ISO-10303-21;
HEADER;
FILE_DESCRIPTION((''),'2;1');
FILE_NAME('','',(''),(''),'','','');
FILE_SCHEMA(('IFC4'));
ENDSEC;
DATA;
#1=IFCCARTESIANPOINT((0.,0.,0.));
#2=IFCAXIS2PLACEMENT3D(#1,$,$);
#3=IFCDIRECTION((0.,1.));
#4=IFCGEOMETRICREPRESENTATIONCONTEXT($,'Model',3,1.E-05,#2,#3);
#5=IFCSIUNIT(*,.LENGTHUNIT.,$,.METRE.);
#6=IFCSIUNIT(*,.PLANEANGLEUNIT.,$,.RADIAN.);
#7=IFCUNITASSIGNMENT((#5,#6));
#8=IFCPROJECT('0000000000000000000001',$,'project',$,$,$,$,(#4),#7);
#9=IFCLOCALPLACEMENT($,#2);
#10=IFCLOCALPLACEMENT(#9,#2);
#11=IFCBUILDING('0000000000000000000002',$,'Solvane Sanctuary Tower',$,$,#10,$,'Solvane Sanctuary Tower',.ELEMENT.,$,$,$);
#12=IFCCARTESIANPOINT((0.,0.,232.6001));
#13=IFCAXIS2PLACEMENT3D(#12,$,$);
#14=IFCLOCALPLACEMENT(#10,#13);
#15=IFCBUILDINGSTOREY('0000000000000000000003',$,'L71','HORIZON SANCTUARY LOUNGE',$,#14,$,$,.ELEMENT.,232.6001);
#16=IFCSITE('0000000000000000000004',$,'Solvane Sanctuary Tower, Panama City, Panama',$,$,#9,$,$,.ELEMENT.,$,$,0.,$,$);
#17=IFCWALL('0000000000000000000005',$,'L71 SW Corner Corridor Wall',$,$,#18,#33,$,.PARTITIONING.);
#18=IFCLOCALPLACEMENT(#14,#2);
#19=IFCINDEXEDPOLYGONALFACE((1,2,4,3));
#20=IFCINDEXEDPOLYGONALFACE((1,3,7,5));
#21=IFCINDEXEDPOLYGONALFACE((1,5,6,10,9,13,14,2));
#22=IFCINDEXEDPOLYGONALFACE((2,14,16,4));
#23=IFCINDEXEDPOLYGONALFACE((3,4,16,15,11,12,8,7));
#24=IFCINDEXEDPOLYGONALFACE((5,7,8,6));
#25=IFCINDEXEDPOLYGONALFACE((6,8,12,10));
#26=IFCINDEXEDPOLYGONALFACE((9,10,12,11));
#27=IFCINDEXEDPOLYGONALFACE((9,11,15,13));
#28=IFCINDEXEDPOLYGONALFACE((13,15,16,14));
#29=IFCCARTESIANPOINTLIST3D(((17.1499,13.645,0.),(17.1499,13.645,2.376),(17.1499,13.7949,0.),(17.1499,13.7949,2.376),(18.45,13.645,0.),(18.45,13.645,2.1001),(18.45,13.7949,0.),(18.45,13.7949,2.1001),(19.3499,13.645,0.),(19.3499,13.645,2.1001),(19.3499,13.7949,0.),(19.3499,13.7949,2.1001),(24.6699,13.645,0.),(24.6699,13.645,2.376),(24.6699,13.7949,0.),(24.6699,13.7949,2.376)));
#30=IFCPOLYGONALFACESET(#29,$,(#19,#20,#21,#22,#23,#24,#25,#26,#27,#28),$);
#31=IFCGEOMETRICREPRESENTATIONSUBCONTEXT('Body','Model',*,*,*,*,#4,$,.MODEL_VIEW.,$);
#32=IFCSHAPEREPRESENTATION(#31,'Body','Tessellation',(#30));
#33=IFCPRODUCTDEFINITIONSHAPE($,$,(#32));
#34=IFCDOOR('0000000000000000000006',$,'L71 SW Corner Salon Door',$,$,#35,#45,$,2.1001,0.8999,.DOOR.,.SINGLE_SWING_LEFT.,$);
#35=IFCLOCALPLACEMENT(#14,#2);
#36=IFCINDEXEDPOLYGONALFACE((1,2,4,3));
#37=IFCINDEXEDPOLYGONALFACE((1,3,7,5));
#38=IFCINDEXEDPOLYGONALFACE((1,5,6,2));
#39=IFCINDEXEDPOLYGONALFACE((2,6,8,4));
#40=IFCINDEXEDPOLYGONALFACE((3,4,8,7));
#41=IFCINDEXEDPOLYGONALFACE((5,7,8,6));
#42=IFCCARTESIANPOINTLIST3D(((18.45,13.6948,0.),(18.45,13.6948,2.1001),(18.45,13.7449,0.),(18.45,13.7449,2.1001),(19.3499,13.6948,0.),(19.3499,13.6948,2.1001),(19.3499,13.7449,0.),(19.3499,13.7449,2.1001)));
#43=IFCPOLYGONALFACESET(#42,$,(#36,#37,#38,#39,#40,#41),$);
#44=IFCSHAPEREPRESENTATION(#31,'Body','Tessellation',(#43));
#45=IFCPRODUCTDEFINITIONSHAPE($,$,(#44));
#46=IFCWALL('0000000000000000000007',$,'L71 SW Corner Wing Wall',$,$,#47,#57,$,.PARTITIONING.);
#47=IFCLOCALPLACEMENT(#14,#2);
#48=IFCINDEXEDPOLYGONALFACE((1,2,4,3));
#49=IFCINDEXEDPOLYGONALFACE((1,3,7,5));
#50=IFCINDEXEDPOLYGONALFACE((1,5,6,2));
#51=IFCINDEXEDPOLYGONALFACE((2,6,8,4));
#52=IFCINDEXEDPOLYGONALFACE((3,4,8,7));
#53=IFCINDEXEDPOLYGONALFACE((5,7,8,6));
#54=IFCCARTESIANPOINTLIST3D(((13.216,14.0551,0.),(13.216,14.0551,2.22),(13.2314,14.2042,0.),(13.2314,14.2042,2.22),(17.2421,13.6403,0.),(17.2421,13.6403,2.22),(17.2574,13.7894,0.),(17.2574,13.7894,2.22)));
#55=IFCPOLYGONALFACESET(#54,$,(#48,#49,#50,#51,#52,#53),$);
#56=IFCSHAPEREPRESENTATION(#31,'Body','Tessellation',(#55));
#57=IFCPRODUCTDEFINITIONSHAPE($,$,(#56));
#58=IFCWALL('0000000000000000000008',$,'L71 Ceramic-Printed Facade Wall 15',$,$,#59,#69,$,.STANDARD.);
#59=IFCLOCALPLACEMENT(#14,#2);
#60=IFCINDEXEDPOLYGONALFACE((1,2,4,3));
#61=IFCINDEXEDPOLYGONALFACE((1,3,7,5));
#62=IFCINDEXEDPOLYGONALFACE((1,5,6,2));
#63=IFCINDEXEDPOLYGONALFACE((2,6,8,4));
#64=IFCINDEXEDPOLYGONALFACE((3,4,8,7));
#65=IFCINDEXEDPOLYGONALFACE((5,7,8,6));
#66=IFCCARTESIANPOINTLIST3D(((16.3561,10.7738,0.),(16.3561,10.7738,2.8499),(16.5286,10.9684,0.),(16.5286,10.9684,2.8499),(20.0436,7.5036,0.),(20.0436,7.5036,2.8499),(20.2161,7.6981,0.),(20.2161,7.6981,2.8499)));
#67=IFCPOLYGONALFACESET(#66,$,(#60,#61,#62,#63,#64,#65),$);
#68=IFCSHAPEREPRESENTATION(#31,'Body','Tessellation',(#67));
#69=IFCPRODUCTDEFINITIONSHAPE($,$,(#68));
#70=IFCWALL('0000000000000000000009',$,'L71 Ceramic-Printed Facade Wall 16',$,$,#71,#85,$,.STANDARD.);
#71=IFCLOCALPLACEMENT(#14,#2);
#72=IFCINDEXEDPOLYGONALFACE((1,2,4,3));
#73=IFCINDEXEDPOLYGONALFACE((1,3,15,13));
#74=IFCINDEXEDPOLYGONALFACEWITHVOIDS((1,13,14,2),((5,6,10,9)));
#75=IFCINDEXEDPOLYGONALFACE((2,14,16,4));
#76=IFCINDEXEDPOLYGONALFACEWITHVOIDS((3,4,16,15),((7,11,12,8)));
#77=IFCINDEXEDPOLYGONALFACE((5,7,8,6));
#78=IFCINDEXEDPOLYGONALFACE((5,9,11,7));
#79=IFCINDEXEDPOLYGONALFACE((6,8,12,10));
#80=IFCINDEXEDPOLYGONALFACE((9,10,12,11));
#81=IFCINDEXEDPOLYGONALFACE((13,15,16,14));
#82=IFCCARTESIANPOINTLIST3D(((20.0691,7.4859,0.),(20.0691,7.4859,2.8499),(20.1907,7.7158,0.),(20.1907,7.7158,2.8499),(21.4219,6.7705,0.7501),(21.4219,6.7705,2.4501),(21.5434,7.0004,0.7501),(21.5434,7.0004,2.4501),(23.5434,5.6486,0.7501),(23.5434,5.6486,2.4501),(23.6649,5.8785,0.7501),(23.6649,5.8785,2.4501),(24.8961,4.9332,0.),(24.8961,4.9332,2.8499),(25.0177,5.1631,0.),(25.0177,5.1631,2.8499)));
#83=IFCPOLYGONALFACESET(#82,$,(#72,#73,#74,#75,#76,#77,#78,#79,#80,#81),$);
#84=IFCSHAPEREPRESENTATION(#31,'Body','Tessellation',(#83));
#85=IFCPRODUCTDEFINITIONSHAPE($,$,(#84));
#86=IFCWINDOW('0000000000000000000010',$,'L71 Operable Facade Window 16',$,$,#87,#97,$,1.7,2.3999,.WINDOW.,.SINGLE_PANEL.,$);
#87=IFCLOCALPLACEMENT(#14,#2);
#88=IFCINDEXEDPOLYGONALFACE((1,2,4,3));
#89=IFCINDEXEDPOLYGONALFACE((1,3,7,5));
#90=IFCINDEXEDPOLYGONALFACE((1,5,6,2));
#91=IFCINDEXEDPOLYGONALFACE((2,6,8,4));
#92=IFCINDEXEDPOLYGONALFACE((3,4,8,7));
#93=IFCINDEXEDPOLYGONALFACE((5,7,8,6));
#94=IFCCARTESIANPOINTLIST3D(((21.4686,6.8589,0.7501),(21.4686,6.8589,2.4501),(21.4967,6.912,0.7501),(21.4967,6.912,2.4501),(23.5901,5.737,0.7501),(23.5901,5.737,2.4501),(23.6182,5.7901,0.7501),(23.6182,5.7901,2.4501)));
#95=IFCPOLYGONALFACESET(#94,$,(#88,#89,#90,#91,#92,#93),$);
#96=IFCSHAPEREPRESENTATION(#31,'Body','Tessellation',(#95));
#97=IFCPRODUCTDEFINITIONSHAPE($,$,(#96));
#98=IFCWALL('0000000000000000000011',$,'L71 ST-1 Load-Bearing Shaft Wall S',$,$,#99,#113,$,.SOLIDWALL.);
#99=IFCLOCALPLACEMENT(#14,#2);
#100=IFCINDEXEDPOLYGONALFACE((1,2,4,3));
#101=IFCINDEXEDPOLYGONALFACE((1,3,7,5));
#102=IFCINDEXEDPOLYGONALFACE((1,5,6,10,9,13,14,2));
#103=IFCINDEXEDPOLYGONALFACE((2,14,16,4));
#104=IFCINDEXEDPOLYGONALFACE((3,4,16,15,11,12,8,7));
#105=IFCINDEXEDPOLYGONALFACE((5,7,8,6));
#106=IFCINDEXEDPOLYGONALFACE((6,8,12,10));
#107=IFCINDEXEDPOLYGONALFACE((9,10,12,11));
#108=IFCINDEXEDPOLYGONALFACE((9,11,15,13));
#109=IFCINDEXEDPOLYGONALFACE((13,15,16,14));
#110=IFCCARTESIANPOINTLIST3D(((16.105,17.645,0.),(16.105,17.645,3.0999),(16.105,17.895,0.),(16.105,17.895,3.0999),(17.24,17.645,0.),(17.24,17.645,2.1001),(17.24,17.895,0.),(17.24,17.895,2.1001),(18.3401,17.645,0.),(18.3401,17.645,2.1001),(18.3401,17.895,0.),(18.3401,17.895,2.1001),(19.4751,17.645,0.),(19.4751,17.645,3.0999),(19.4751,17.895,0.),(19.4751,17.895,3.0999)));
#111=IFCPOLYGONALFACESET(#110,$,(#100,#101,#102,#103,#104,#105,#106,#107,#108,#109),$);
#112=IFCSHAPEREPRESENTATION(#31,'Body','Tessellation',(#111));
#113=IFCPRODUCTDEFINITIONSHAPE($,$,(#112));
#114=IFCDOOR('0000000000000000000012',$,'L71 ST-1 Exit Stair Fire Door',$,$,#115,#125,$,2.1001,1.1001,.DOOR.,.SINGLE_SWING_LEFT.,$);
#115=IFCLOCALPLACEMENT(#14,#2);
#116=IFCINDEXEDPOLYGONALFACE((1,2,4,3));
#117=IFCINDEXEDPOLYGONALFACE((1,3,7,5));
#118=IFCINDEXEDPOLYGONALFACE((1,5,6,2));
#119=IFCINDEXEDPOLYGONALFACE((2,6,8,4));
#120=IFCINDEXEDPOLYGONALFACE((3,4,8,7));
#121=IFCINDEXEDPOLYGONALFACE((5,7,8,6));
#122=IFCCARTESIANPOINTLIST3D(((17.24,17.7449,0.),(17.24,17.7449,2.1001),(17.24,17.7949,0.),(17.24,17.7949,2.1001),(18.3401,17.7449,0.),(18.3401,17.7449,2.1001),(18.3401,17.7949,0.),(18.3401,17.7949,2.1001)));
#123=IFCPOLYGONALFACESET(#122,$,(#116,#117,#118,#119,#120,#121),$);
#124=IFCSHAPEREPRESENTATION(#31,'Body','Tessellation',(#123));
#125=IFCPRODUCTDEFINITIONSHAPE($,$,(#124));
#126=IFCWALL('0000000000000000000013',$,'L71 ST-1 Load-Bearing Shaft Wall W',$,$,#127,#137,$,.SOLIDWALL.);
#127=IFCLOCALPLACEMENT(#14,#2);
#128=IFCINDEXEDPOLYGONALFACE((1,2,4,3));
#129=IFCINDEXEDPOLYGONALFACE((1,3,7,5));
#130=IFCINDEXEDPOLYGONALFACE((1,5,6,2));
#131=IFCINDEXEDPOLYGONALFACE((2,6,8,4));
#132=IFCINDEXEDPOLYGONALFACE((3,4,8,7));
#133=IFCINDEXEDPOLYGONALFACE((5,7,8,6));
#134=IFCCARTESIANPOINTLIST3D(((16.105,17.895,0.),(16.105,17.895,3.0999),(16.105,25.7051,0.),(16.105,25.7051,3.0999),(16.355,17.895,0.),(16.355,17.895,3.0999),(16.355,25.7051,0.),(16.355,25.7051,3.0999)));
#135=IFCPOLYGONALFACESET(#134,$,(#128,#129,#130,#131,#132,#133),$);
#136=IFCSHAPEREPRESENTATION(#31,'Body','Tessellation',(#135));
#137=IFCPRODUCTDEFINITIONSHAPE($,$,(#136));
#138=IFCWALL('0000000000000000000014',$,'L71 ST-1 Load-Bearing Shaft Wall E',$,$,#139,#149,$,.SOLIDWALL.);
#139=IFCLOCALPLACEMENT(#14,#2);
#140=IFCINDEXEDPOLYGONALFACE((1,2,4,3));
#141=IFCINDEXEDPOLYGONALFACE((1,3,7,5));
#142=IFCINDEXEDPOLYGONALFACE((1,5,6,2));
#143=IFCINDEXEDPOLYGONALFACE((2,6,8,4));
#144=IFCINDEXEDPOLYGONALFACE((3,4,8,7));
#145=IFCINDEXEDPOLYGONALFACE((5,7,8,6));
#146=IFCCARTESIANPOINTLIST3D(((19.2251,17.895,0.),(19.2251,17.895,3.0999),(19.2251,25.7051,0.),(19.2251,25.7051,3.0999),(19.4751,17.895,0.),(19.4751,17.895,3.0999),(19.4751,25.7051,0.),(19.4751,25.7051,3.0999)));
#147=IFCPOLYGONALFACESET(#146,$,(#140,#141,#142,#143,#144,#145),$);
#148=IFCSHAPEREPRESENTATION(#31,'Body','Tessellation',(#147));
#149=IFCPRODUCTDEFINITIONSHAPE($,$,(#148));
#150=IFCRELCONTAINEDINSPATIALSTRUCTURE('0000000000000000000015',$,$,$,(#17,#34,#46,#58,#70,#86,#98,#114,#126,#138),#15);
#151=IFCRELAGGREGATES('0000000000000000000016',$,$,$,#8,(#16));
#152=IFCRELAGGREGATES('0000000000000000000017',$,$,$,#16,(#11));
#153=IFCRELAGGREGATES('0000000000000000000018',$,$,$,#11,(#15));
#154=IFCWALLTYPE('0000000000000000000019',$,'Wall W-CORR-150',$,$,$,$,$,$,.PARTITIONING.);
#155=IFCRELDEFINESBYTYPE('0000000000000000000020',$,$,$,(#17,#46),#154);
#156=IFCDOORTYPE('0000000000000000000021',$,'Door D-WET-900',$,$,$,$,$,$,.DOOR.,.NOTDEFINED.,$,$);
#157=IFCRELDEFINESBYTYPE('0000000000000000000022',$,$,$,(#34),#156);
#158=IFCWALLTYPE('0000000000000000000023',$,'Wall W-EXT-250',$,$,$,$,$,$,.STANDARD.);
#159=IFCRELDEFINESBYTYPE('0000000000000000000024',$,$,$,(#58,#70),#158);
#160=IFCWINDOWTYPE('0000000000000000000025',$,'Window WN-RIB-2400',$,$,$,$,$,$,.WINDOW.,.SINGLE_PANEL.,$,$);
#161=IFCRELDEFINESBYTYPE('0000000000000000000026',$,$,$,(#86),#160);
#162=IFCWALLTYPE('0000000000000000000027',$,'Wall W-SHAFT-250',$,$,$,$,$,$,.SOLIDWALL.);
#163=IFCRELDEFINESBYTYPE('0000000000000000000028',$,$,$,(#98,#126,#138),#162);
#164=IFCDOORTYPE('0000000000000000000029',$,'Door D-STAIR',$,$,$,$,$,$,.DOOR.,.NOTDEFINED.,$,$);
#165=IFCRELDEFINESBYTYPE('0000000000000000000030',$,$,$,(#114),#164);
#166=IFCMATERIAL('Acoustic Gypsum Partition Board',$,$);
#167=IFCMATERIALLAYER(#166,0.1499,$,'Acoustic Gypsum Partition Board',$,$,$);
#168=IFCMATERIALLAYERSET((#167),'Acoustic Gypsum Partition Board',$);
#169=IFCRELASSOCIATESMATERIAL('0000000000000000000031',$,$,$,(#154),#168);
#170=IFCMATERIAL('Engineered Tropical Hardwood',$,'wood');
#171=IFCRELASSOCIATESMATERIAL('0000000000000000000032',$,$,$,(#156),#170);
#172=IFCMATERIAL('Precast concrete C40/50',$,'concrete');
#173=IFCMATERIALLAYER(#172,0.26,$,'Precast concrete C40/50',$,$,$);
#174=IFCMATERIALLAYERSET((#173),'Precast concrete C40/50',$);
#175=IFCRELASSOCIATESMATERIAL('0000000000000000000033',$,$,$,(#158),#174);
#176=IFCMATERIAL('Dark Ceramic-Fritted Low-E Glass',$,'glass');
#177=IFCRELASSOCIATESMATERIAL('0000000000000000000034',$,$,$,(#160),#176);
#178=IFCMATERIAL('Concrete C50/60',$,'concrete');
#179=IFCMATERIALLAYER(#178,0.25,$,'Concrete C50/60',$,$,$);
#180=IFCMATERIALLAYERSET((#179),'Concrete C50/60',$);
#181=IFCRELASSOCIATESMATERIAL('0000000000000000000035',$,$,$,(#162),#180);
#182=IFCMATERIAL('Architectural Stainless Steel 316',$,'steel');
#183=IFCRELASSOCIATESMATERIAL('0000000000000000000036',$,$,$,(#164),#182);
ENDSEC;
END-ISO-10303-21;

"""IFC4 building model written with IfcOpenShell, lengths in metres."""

from ifc_helpers import new_model, si_unit, direction, frame, frame_2d, origin, place, context, subcontext, project, spatial, rectangle, extrude, material, layer, layer_set, type_object, element, fill, save


model = new_model("IFC4")

# Units and contexts
model_context = context("Model", 3, precision=1e-05, world=origin(), true_north=direction((0.0, 1.0)))
body_context = subcontext(model_context, "Body", "Model", "MODEL_VIEW")
ifc_project = project(units=[si_unit("LENGTHUNIT", "METRE"), si_unit("PLANEANGLEUNIT", "RADIAN")], contexts=[model_context])

# Site, building, storey
site_placement = place(None, origin())
site = spatial("IfcSite", under=ifc_project, at=site_placement, Name="Solvane Sanctuary Tower, Panama City, Panama", CompositionType="ELEMENT", RefElevation=0.0)
building_placement = place(site_placement, origin())
building = spatial("IfcBuilding", under=site, at=building_placement, Name="Solvane Sanctuary Tower", LongName="Solvane Sanctuary Tower", CompositionType="ELEMENT")
storey_placement = place(building_placement, frame((0.0, 0.0, 232.6001)))
storey = spatial("IfcBuildingStorey", under=building, at=storey_placement, Name="L71", Description="HORIZON SANCTUARY LOUNGE", CompositionType="ELEMENT", Elevation=232.6001)

# Shared definitions
ifc_material_1 = material(Name="Concrete C50/60", Category="concrete")

# Wall, opening, door
ifc_material_2 = material(Name="Acoustic Gypsum Partition Board")
ifc_layer_1 = layer(ifc_material_2, 0.1499, Name="Acoustic Gypsum Partition Board")
ifc_layer_set_1 = layer_set([ifc_layer_1], Name="Acoustic Gypsum Partition Board")
wall_type_1 = type_object("IfcWallType", Name="Wall W-CORR-150", PredefinedType="PARTITIONING", material=ifc_layer_set_1)
wall_1_placement = place(storey_placement, frame((17.1499, 13.72, 0.0), z_axis=(0.0, 0.0, 1.0), x_axis=(1.0, 0.0, 0.0)))
wall_1 = element("IfcWall", 1, at=wall_1_placement, inside=storey, type_object=wall_type_1, Name="L71 SW Corner Corridor Wall", PredefinedType="PARTITIONING", context=body_context, shape_type="SweptSolid", body=[
    extrude(rectangle(XDim=7.52, YDim=0.1499, at=frame_2d((3.76, 0.0))), origin(), (0.0, 0.0, 1.0), 2.376),
])
opening_1_placement = place(wall_1_placement, frame((1.3, 0.0, 0.0)))
opening_1 = element("IfcOpeningElement", 2, at=opening_1_placement, cuts=wall_1, PredefinedType="OPENING", context=body_context, shape_type="SweptSolid", body=[
    extrude(rectangle(XDim=0.8999, YDim=2.1001, at=frame_2d((0.45, 1.05))), frame((0.0, 0.085, 0.0), z_axis=(0.0, -1.0, 0.0), x_axis=(1.0, 0.0, 0.0)), (0.0, 0.0, 1.0), 0.1699),
])
ifc_material_3 = material(Name="Engineered Tropical Hardwood", Category="wood")
door_type_1 = type_object("IfcDoorType", Name="Door D-WET-900", OperationType="NOTDEFINED", PredefinedType="DOOR", material=ifc_material_3)
door_1_placement = place(opening_1_placement, origin())
door_1 = element("IfcDoor", 3, at=door_1_placement, inside=storey, type_object=door_type_1, Name="L71 SW Corner Salon Door", OperationType="SINGLE_SWING_LEFT", OverallHeight=2.1001, OverallWidth=0.8999, PredefinedType="DOOR", context=body_context, shape_type="SweptSolid", body=[
    extrude(rectangle(XDim=0.8999, YDim=2.1001, at=frame_2d((0.45, 1.05))), frame((0.0, 0.0249, 0.0), z_axis=(0.0, -1.0, 0.0), x_axis=(1.0, 0.0, 0.0)), (0.0, 0.0, 1.0), 0.05),
])
fill(opening_1, door_1)

# Walls
wall_2_placement = place(storey_placement, frame((17.2498, 13.7148, 0.0), z_axis=(0.0, 0.0, 1.0), x_axis=(-0.994735, 0.102483, 0.0)))
element("IfcWall", 4, at=wall_2_placement, inside=storey, type_object=wall_type_1, Name="L71 SW Corner Wing Wall", PredefinedType="PARTITIONING", context=body_context, shape_type="SweptSolid", body=[
    extrude(rectangle(XDim=4.0474, YDim=0.1499, at=frame_2d((2.0237, 0.0))), origin(), (0.0, 0.0, 1.0), 2.22),
])
ifc_material_4 = material(Name="Precast concrete C40/50", Category="concrete")
ifc_layer_2 = layer(ifc_material_4, 0.26, Name="Precast concrete C40/50")
ifc_layer_set_2 = layer_set([ifc_layer_2], Name="Precast concrete C40/50")
wall_type_2 = type_object("IfcWallType", Name="Wall W-EXT-250", PredefinedType="STANDARD", material=ifc_layer_set_2)
wall_3_placement = place(storey_placement, frame((16.4424, 10.8711, 0.0), z_axis=(0.0, 0.0, 1.0), x_axis=(0.748166, -0.663512, 0.0)))
element("IfcWall", 5, at=wall_3_placement, inside=storey, type_object=wall_type_2, Name="L71 Ceramic-Printed Facade Wall 15", PredefinedType="STANDARD", context=body_context, shape_type="SweptSolid", body=[
    extrude(rectangle(XDim=4.9287, YDim=0.26, at=frame_2d((2.4644, 0.0))), origin(), (0.0, 0.0, 1.0), 2.8499),
])

# Wall, opening, window
wall_4_placement = place(storey_placement, frame((20.1299, 7.6008, 0.0), z_axis=(0.0, 0.0, 1.0), x_axis=(0.884001, -0.467485, 0.0)))
wall_4 = element("IfcWall", 6, at=wall_4_placement, inside=storey, type_object=wall_type_2, Name="L71 Ceramic-Printed Facade Wall 16", PredefinedType="STANDARD", context=body_context, shape_type="SweptSolid", body=[
    extrude(rectangle(XDim=5.4604, YDim=0.26, at=frame_2d((2.7302, 0.0))), origin(), (0.0, 0.0, 1.0), 2.8499),
])
opening_2_placement = place(wall_4_placement, frame((1.5303, 0.0, 0.75)))
opening_2 = element("IfcOpeningElement", 7, at=opening_2_placement, cuts=wall_4, PredefinedType="OPENING", context=body_context, shape_type="SweptSolid", body=[
    extrude(rectangle(XDim=2.3999, YDim=1.7, at=frame_2d((1.2, 0.8501))), frame((0.0, 0.1399, 0.0), z_axis=(0.0, -1.0, 0.0), x_axis=(1.0, 0.0, 0.0)), (0.0, 0.0, 1.0), 0.28),
])
ifc_material_5 = material(Name="Dark Ceramic-Fritted Low-E Glass", Category="glass")
window_type = type_object("IfcWindowType", Name="Window WN-RIB-2400", PartitioningType="SINGLE_PANEL", PredefinedType="WINDOW", material=ifc_material_5)
window_placement = place(opening_2_placement, origin())
window = element("IfcWindow", 8, at=window_placement, inside=storey, type_object=window_type, Name="L71 Operable Facade Window 16", OverallHeight=1.7, OverallWidth=2.3999, PartitioningType="SINGLE_PANEL", PredefinedType="WINDOW", context=body_context, shape_type="SweptSolid", body=[
    extrude(rectangle(XDim=2.3999, YDim=1.7, at=frame_2d((1.2, 0.8501))), frame((0.0, 0.03, 0.0), z_axis=(0.0, -1.0, 0.0), x_axis=(1.0, 0.0, 0.0)), (0.0, 0.0, 1.0), 0.0601),
])
fill(opening_2, window)

# Wall, opening, door
ifc_layer_3 = layer(ifc_material_1, 0.25, Name="Concrete C50/60")
ifc_layer_set_3 = layer_set([ifc_layer_3], Name="Concrete C50/60")
wall_type_3 = type_object("IfcWallType", Name="Wall W-SHAFT-250", PredefinedType="SOLIDWALL", material=ifc_layer_set_3)
wall_5_placement = place(storey_placement, frame((16.105, 17.77, 0.0), z_axis=(0.0, 0.0, 1.0), x_axis=(1.0, 0.0, 0.0)))
wall_5 = element("IfcWall", 9, at=wall_5_placement, inside=storey, type_object=wall_type_3, Name="L71 ST-1 Load-Bearing Shaft Wall S", PredefinedType="SOLIDWALL", context=body_context, shape_type="SweptSolid", body=[
    extrude(rectangle(XDim=3.3701, YDim=0.25, at=frame_2d((1.6851, 0.0))), origin(), (0.0, 0.0, 1.0), 3.0999),
])
opening_3_placement = place(wall_5_placement, frame((1.135, 0.0, 0.0)))
opening_3 = element("IfcOpeningElement", 10, at=opening_3_placement, cuts=wall_5, PredefinedType="OPENING", context=body_context, shape_type="SweptSolid", body=[
    extrude(rectangle(XDim=1.1001, YDim=2.1001, at=frame_2d((0.55, 1.05))), frame((0.0, 0.135, 0.0), z_axis=(0.0, -1.0, 0.0), x_axis=(1.0, 0.0, 0.0)), (0.0, 0.0, 1.0), 0.27),
])
ifc_material_6 = material(Name="Architectural Stainless Steel 316", Category="steel")
door_type_2 = type_object("IfcDoorType", Name="Door D-STAIR", OperationType="NOTDEFINED", PredefinedType="DOOR", material=ifc_material_6)
door_2_placement = place(opening_3_placement, origin())
door_2 = element("IfcDoor", 11, at=door_2_placement, inside=storey, type_object=door_type_2, Name="L71 ST-1 Exit Stair Fire Door", OperationType="SINGLE_SWING_LEFT", OverallHeight=2.1001, OverallWidth=1.1001, PredefinedType="DOOR", context=body_context, shape_type="SweptSolid", body=[
    extrude(rectangle(XDim=1.1001, YDim=2.1001, at=frame_2d((0.55, 1.05))), frame((0.0, 0.0249, 0.0), z_axis=(0.0, -1.0, 0.0), x_axis=(1.0, 0.0, 0.0)), (0.0, 0.0, 1.0), 0.05),
])
fill(opening_3, door_2)

# Walls
for number, where, z_axis, x_axis, name in (
    (12, (16.23, 17.895, 0.0), (0.0, 0.0, 1.0), (0.0, 1.0, 0.0), "L71 ST-1 Load-Bearing Shaft Wall W"),
    (13, (19.3501, 17.895, 0.0), (0.0, 0.0, 1.0), (0.0, 1.0, 0.0), "L71 ST-1 Load-Bearing Shaft Wall E"),
):
    element("IfcWall", number, at=place(storey_placement, frame(where, z_axis=z_axis, x_axis=x_axis)), inside=storey, type_object=wall_type_3, Name=name, PredefinedType="SOLIDWALL", context=body_context, shape_type="SweptSolid", body=[
        extrude(rectangle(XDim=7.8101, YDim=0.25, at=frame_2d((3.905, 0.0))), origin(), (0.0, 0.0, 1.0), 3.0999),
    ])

save(model, "model.ifc")
